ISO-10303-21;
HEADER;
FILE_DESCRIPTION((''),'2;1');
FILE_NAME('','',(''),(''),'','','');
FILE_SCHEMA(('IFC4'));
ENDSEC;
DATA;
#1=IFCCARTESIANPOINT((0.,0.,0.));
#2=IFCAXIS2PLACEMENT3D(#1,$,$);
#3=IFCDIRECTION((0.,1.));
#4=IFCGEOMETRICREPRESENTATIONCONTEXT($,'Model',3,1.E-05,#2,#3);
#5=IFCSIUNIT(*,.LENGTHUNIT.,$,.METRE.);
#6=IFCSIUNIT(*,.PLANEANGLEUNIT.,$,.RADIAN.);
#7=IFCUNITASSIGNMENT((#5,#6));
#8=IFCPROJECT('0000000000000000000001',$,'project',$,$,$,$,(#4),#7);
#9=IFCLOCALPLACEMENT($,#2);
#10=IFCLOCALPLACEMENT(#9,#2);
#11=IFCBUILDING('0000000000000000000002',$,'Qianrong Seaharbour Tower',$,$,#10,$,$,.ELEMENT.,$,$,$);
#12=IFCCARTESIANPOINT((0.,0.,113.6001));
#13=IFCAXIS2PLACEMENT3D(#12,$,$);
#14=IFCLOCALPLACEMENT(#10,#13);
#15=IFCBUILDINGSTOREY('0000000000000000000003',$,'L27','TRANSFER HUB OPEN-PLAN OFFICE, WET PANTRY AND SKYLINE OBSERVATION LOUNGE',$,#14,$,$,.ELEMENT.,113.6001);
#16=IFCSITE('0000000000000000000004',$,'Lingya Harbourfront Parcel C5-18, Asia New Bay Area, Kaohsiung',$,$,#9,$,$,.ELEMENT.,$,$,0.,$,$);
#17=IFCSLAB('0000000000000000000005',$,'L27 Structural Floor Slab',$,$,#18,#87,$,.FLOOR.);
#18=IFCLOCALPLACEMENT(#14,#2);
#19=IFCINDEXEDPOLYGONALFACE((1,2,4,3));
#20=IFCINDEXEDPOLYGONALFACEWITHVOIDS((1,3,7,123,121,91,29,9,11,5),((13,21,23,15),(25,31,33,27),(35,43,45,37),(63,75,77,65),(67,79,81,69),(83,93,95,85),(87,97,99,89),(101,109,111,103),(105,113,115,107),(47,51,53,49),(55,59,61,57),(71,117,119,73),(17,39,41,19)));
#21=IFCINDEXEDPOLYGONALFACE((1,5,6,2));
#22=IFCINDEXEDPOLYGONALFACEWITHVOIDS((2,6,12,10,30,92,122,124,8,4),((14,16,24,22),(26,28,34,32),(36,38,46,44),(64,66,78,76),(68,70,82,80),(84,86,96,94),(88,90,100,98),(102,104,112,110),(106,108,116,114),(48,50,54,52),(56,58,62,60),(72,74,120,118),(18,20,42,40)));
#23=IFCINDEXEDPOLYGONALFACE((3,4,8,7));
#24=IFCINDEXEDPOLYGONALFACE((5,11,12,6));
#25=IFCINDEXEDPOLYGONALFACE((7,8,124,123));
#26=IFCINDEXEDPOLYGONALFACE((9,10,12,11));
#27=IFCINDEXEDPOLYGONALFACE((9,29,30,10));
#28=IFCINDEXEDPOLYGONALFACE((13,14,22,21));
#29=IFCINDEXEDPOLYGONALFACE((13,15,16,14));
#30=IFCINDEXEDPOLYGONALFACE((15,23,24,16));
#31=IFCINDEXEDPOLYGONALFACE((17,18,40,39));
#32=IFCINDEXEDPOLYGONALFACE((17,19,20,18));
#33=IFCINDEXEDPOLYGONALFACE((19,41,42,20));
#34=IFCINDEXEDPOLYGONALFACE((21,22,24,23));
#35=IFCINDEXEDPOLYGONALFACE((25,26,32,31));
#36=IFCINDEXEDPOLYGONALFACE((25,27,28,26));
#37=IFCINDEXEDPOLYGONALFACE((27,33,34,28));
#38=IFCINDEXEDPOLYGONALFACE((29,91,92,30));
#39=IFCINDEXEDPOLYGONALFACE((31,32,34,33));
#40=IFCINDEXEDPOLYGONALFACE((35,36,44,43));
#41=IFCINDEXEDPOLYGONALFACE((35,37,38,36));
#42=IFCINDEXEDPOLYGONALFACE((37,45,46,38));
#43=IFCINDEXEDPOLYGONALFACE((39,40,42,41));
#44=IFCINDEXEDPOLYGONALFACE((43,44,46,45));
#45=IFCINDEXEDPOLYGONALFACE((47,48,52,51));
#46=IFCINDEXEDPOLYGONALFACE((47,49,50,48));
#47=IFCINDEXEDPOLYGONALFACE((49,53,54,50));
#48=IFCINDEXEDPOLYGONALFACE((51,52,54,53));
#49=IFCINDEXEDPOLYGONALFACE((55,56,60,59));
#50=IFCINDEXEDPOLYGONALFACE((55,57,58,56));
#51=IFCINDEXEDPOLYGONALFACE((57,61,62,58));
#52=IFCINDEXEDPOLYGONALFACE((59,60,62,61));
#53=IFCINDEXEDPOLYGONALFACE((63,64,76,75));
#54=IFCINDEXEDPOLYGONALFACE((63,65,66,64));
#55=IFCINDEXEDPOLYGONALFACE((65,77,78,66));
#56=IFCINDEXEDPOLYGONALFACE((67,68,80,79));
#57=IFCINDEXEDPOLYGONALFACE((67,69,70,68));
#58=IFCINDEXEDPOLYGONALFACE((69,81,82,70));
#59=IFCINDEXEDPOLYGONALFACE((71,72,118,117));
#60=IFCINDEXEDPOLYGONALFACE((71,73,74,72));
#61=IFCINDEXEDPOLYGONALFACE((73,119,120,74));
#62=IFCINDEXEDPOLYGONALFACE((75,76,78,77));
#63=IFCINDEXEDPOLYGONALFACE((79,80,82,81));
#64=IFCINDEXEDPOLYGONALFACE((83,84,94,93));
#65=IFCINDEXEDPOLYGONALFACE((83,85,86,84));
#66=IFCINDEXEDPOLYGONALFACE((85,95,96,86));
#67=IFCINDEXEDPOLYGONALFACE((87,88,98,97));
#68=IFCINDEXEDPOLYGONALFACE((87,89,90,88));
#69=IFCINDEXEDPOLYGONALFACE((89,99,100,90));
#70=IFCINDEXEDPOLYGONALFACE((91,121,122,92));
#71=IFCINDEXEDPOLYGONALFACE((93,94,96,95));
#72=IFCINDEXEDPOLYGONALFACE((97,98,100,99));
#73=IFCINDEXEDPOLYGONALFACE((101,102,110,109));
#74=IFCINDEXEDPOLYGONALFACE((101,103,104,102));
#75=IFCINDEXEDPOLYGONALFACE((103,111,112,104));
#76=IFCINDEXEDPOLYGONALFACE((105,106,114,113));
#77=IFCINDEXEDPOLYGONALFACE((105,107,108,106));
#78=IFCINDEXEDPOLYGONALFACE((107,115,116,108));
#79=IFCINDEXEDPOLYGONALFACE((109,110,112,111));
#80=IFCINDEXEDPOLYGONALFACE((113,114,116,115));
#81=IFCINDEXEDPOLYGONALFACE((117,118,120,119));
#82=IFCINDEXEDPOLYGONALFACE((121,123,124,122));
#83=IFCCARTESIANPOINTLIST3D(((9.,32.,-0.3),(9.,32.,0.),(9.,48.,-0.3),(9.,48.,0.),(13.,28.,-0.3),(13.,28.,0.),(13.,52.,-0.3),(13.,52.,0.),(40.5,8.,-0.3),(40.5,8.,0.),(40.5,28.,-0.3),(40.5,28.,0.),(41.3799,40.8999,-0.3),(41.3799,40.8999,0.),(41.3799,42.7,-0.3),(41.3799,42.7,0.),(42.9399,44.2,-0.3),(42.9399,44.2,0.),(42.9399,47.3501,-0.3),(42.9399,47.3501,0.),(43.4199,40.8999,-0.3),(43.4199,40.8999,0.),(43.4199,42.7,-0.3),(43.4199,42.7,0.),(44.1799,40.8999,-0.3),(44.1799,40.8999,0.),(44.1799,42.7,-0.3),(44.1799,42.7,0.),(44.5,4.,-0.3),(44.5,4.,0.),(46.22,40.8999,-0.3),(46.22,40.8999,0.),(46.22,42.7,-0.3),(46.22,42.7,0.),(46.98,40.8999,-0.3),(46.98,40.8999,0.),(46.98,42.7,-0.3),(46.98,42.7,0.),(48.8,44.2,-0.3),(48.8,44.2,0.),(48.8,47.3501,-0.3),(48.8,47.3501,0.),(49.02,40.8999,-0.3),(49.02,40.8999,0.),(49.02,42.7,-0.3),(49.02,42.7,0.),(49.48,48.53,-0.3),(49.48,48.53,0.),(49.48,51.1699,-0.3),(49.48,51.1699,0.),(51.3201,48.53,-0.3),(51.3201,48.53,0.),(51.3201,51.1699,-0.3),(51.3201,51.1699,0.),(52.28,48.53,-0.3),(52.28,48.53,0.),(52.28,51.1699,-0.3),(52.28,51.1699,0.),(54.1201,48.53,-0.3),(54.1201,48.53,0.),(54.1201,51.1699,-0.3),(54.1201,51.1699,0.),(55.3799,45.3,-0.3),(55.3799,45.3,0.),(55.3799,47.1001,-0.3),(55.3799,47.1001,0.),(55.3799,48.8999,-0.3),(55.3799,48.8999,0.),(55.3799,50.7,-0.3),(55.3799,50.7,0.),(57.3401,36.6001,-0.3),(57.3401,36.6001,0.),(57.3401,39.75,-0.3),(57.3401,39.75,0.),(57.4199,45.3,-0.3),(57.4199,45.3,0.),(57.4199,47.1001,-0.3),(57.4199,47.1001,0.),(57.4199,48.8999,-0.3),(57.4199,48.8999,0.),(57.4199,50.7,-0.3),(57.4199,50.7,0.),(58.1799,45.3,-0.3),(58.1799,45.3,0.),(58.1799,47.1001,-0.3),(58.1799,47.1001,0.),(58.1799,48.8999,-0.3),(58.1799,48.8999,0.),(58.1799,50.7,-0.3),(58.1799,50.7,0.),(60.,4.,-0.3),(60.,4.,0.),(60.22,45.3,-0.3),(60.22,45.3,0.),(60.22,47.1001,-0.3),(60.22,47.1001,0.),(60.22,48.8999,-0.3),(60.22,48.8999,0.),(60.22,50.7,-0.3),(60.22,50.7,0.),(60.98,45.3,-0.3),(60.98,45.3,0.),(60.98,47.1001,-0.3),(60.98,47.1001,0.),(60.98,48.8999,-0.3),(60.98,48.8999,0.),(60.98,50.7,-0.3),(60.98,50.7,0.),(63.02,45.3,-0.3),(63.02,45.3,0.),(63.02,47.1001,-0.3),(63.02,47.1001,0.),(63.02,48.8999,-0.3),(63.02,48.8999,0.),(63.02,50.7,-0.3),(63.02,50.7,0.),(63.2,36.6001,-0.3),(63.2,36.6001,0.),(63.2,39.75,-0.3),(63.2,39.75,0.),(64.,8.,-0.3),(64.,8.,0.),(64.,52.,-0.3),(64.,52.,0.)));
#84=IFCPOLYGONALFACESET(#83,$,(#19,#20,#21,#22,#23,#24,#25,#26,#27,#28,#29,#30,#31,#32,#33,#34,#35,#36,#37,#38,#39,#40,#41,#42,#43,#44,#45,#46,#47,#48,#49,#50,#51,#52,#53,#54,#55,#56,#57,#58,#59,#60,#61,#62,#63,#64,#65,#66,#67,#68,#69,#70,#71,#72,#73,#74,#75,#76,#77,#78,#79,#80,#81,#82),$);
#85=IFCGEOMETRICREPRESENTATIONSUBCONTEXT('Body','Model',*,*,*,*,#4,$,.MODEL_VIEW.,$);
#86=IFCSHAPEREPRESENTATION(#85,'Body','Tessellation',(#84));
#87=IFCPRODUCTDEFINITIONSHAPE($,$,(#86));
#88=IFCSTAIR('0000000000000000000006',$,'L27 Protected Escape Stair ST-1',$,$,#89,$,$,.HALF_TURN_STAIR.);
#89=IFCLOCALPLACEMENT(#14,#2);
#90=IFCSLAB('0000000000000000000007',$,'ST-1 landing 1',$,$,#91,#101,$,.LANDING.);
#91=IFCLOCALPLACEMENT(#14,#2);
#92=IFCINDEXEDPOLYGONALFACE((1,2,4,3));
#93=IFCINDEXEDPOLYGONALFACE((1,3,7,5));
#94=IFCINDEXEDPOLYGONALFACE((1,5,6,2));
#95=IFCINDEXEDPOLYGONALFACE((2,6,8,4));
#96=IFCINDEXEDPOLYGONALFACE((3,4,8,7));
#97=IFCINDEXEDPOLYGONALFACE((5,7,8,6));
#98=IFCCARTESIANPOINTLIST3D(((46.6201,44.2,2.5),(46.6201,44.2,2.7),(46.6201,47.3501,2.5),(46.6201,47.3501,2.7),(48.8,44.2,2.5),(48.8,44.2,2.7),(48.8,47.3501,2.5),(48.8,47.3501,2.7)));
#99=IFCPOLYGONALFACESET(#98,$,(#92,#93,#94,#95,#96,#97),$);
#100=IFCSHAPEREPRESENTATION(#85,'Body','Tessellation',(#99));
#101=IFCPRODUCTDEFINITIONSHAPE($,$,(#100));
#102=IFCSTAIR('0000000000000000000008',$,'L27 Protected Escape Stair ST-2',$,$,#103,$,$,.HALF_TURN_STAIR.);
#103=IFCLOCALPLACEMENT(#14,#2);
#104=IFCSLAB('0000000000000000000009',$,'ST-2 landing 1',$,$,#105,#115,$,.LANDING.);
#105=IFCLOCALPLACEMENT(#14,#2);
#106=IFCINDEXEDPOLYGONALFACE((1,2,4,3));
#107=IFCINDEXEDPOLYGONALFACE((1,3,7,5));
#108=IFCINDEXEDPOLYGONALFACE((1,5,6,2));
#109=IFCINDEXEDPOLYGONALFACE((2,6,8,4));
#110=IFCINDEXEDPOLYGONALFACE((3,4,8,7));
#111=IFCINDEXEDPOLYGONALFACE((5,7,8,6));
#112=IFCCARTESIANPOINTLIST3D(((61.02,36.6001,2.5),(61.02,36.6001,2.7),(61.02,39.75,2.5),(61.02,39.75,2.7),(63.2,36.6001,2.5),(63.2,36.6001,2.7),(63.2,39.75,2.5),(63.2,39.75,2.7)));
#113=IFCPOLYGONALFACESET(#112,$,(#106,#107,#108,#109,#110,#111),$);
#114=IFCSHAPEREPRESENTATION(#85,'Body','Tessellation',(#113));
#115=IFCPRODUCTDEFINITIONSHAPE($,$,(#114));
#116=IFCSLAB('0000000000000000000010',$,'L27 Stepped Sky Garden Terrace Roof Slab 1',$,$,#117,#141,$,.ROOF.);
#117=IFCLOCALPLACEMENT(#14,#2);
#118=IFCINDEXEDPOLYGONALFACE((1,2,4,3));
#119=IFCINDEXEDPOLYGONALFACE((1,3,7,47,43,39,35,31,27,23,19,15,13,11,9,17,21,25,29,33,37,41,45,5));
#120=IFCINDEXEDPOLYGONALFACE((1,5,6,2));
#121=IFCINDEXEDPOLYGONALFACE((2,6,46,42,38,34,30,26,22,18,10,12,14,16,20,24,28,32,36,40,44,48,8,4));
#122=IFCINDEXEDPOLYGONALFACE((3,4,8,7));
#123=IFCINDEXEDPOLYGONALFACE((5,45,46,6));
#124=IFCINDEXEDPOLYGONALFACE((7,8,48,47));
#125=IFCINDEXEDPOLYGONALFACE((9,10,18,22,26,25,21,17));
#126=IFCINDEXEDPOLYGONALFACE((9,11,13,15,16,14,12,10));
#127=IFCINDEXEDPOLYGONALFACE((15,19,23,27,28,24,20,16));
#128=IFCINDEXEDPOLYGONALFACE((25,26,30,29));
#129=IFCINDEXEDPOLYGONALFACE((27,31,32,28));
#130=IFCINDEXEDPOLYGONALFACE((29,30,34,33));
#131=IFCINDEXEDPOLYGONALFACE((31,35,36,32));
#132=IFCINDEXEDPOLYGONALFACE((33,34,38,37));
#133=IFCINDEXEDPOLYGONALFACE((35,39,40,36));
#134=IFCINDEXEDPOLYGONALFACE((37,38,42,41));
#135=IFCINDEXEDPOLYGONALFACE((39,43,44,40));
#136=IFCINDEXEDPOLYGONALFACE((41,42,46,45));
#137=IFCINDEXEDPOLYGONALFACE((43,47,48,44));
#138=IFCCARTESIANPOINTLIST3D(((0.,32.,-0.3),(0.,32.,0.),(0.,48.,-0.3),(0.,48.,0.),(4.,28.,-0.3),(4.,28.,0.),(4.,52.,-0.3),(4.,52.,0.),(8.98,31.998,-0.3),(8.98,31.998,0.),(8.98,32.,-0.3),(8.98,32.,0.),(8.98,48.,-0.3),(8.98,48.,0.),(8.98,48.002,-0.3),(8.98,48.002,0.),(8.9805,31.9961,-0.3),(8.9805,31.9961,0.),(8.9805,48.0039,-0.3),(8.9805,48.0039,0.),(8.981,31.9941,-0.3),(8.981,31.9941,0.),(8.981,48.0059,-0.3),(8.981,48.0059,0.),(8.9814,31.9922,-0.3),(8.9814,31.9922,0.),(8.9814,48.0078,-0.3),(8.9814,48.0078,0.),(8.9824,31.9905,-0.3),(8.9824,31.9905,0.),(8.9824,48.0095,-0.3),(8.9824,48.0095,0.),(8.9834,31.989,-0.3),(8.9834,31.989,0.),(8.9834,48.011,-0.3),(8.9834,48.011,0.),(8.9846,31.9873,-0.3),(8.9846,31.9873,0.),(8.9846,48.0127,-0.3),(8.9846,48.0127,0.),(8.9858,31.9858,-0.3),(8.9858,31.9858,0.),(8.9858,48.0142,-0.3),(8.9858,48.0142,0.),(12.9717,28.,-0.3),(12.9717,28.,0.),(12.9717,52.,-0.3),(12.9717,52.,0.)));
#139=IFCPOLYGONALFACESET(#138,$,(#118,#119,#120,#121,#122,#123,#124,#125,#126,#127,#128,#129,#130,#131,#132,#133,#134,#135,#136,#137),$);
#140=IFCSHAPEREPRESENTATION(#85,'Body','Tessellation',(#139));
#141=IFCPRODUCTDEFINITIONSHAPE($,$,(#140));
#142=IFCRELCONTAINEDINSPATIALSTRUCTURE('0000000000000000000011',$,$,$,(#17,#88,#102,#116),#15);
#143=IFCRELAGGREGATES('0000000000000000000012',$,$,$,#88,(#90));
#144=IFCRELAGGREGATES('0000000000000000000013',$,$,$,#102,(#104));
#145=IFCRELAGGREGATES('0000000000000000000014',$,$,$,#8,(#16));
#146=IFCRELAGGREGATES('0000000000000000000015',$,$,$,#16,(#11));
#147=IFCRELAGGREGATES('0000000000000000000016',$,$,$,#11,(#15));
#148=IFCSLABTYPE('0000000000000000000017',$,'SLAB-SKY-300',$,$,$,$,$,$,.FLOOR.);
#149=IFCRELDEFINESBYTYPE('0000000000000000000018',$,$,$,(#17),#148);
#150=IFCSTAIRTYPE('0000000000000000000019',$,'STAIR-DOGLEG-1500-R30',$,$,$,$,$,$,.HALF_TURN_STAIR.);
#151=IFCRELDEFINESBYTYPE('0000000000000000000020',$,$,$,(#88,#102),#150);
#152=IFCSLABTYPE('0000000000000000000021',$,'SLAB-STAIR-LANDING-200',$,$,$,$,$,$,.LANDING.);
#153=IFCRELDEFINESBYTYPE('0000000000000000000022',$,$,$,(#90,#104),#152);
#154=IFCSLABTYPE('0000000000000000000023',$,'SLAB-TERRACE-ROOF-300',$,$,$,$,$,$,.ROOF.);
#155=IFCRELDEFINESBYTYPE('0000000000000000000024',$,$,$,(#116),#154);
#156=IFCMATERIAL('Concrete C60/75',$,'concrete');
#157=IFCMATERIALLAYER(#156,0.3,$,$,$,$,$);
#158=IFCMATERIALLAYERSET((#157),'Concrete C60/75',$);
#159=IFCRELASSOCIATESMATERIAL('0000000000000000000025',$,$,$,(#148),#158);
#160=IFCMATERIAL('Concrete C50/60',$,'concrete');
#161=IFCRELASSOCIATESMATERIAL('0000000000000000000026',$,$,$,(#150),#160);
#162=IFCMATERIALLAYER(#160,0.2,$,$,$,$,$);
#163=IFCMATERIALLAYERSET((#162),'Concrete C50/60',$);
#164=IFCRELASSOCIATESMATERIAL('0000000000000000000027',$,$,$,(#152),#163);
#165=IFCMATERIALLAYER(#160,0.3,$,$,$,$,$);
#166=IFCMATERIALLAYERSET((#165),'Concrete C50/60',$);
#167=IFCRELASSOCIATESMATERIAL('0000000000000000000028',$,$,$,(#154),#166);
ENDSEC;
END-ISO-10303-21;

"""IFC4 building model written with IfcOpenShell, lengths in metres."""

from ifc_helpers import new_model, si_unit, direction, frame, origin, place, context, subcontext, project, spatial, polyline, outline, extrude, material, layer, layer_set, type_object, element, aggregate, save


model = new_model("IFC4")

# Units and contexts
model_context = context("Model", 3, precision=1e-05, world=origin(), true_north=direction((0.0, 1.0)))
body_context = subcontext(model_context, "Body", "Model", "MODEL_VIEW")
ifc_project = project(units=[si_unit("LENGTHUNIT", "METRE"), si_unit("PLANEANGLEUNIT", "RADIAN")], contexts=[model_context])

# Site, building, storey
site_placement = place(None, origin())
site = spatial("IfcSite", under=ifc_project, at=site_placement, Name="Lingya Harbourfront Parcel C5-18, Asia New Bay Area, Kaohsiung", CompositionType="ELEMENT", RefElevation=0.0)
building_placement = place(site_placement, origin())
building = spatial("IfcBuilding", under=site, at=building_placement, Name="Qianrong Seaharbour Tower", CompositionType="ELEMENT")
storey_placement = place(building_placement, frame((0.0, 0.0, 113.6001)))
storey = spatial("IfcBuildingStorey", under=building, at=storey_placement, Name="L27", Description="TRANSFER HUB OPEN-PLAN OFFICE, WET PANTRY AND SKYLINE OBSERVATION LOUNGE", CompositionType="ELEMENT", Elevation=113.6001)

# Slab
ifc_material_1 = material(Name="Concrete C60/75", Category="concrete")
ifc_layer_1 = layer(ifc_material_1, 0.3)
ifc_layer_set_1 = layer_set([ifc_layer_1], Name="Concrete C60/75")
slab_type_1 = type_object("IfcSlabType", Name="SLAB-SKY-300", PredefinedType="FLOOR", material=ifc_layer_set_1)
slab_1_placement = place(storey_placement, frame((0.0, 0.0, -0.3)))
element("IfcSlab", 1, at=slab_1_placement, inside=storey, type_object=slab_type_1, Name="L27 Structural Floor Slab", PredefinedType="FLOOR", context=body_context, shape_type="SweptSolid", body=[
    extrude(outline(polyline([(44.5, 4.0), (60.0, 4.0), (64.0, 8.0), (64.0, 52.0), (13.0, 52.0), (9.0, 48.0), (9.0, 32.0), (13.0, 28.0), (40.5, 28.0), (40.5, 8.0), (44.5, 4.0)]), holes=[polyline([(42.9399, 44.2), (42.9399, 47.3501), (48.8, 47.3501), (48.8, 44.2), (42.9399, 44.2)]), polyline([(57.3401, 36.6001), (57.3401, 39.75), (63.2, 39.75), (63.2, 36.6001), (57.3401, 36.6001)]), polyline([(49.48, 48.53), (49.48, 51.1699), (51.3201, 51.1699), (51.3201, 48.53), (49.48, 48.53)]), polyline([(52.28, 48.53), (52.28, 51.1699), (54.1201, 51.1699), (54.1201, 48.53), (52.28, 48.53)]), polyline([(41.3799, 40.8999), (41.3799, 42.7), (43.4199, 42.7), (43.4199, 40.8999), (41.3799, 40.8999)]), polyline([(44.1799, 40.8999), (44.1799, 42.7), (46.22, 42.7), (46.22, 40.8999), (44.1799, 40.8999)]), polyline([(46.98, 40.8999), (46.98, 42.7), (49.02, 42.7), (49.02, 40.8999), (46.98, 40.8999)]), polyline([(55.3799, 45.3), (55.3799, 47.1001), (57.4199, 47.1001), (57.4199, 45.3), (55.3799, 45.3)]), polyline([(58.1799, 45.3), (58.1799, 47.1001), (60.22, 47.1001), (60.22, 45.3), (58.1799, 45.3)]), polyline([(60.98, 45.3), (60.98, 47.1001), (63.02, 47.1001), (63.02, 45.3), (60.98, 45.3)]), polyline([(55.3799, 48.8999), (55.3799, 50.7), (57.4199, 50.7), (57.4199, 48.8999), (55.3799, 48.8999)]), polyline([(58.1799, 48.8999), (58.1799, 50.7), (60.22, 50.7), (60.22, 48.8999), (58.1799, 48.8999)]), polyline([(60.98, 48.8999), (60.98, 50.7), (63.02, 50.7), (63.02, 48.8999), (60.98, 48.8999)])]), origin(), (0.0, 0.0, 1.0), 0.3),
])

# Stairs, slabs
ifc_material_2 = material(Name="Concrete C50/60", Category="concrete")
stair_type = type_object("IfcStairType", Name="STAIR-DOGLEG-1500-R30", PredefinedType="HALF_TURN_STAIR", material=ifc_material_2)
stair_1_placement = place(storey_placement, origin())
stair_1 = element("IfcStair", 2, at=stair_1_placement, inside=storey, type_object=stair_type, Name="L27 Protected Escape Stair ST-1", PredefinedType="HALF_TURN_STAIR")
ifc_layer_2 = layer(ifc_material_2, 0.2)
ifc_layer_set_2 = layer_set([ifc_layer_2], Name="Concrete C50/60")
slab_type_2 = type_object("IfcSlabType", Name="SLAB-STAIR-LANDING-200", PredefinedType="LANDING", material=ifc_layer_set_2)
slab_2_placement = place(storey_placement, frame((0.0, 0.0, 2.5)))
slab_2 = element("IfcSlab", 3, at=slab_2_placement, type_object=slab_type_2, Name="ST-1 landing 1", PredefinedType="LANDING", context=body_context, shape_type="SweptSolid", body=[
    extrude(outline(polyline([(46.6201, 44.2), (48.8, 44.2), (48.8, 47.3501), (46.6201, 47.3501), (46.6201, 44.2)])), origin(), (0.0, 0.0, 1.0), 0.2),
])
aggregate(stair_1, [slab_2])
stair_2_placement = place(storey_placement, origin())
stair_2 = element("IfcStair", 4, at=stair_2_placement, inside=storey, type_object=stair_type, Name="L27 Protected Escape Stair ST-2", PredefinedType="HALF_TURN_STAIR")
slab_3_placement = place(storey_placement, frame((0.0, 0.0, 2.5)))
slab_3 = element("IfcSlab", 5, at=slab_3_placement, type_object=slab_type_2, Name="ST-2 landing 1", PredefinedType="LANDING", context=body_context, shape_type="SweptSolid", body=[
    extrude(outline(polyline([(61.02, 36.6001), (63.2, 36.6001), (63.2, 39.75), (61.02, 39.75), (61.02, 36.6001)])), origin(), (0.0, 0.0, 1.0), 0.2),
])
aggregate(stair_2, [slab_3])

# Slab
ifc_layer_3 = layer(ifc_material_2, 0.3)
ifc_layer_set_3 = layer_set([ifc_layer_3], Name="Concrete C50/60")
slab_type_3 = type_object("IfcSlabType", Name="SLAB-TERRACE-ROOF-300", PredefinedType="ROOF", material=ifc_layer_set_3)
slab_4_placement = place(storey_placement, frame((0.0, 0.0, -0.3)))
element("IfcSlab", 6, at=slab_4_placement, inside=storey, type_object=slab_type_3, Name="L27 Stepped Sky Garden Terrace Roof Slab 1", PredefinedType="ROOF", context=body_context, shape_type="SweptSolid", body=[
    extrude(outline(polyline([(0.0, 32.0), (0.0, 48.0), (4.0, 52.0), (12.9717, 52.0), (8.9858, 48.0142), (8.9846, 48.0127), (8.9834, 48.011), (8.9824, 48.0095), (8.9814, 48.0078), (8.981, 48.0059), (8.9805, 48.0039), (8.98, 48.002), (8.98, 48.0), (8.98, 32.0), (8.98, 31.998), (8.9805, 31.9961), (8.981, 31.9941), (8.9814, 31.9922), (8.9824, 31.9905), (8.9834, 31.989), (8.9846, 31.9873), (8.9858, 31.9858), (12.9717, 28.0), (4.0, 28.0), (0.0, 32.0)])), origin(), (0.0, 0.0, 1.0), 0.3),
])

save(model, "model.ifc")
